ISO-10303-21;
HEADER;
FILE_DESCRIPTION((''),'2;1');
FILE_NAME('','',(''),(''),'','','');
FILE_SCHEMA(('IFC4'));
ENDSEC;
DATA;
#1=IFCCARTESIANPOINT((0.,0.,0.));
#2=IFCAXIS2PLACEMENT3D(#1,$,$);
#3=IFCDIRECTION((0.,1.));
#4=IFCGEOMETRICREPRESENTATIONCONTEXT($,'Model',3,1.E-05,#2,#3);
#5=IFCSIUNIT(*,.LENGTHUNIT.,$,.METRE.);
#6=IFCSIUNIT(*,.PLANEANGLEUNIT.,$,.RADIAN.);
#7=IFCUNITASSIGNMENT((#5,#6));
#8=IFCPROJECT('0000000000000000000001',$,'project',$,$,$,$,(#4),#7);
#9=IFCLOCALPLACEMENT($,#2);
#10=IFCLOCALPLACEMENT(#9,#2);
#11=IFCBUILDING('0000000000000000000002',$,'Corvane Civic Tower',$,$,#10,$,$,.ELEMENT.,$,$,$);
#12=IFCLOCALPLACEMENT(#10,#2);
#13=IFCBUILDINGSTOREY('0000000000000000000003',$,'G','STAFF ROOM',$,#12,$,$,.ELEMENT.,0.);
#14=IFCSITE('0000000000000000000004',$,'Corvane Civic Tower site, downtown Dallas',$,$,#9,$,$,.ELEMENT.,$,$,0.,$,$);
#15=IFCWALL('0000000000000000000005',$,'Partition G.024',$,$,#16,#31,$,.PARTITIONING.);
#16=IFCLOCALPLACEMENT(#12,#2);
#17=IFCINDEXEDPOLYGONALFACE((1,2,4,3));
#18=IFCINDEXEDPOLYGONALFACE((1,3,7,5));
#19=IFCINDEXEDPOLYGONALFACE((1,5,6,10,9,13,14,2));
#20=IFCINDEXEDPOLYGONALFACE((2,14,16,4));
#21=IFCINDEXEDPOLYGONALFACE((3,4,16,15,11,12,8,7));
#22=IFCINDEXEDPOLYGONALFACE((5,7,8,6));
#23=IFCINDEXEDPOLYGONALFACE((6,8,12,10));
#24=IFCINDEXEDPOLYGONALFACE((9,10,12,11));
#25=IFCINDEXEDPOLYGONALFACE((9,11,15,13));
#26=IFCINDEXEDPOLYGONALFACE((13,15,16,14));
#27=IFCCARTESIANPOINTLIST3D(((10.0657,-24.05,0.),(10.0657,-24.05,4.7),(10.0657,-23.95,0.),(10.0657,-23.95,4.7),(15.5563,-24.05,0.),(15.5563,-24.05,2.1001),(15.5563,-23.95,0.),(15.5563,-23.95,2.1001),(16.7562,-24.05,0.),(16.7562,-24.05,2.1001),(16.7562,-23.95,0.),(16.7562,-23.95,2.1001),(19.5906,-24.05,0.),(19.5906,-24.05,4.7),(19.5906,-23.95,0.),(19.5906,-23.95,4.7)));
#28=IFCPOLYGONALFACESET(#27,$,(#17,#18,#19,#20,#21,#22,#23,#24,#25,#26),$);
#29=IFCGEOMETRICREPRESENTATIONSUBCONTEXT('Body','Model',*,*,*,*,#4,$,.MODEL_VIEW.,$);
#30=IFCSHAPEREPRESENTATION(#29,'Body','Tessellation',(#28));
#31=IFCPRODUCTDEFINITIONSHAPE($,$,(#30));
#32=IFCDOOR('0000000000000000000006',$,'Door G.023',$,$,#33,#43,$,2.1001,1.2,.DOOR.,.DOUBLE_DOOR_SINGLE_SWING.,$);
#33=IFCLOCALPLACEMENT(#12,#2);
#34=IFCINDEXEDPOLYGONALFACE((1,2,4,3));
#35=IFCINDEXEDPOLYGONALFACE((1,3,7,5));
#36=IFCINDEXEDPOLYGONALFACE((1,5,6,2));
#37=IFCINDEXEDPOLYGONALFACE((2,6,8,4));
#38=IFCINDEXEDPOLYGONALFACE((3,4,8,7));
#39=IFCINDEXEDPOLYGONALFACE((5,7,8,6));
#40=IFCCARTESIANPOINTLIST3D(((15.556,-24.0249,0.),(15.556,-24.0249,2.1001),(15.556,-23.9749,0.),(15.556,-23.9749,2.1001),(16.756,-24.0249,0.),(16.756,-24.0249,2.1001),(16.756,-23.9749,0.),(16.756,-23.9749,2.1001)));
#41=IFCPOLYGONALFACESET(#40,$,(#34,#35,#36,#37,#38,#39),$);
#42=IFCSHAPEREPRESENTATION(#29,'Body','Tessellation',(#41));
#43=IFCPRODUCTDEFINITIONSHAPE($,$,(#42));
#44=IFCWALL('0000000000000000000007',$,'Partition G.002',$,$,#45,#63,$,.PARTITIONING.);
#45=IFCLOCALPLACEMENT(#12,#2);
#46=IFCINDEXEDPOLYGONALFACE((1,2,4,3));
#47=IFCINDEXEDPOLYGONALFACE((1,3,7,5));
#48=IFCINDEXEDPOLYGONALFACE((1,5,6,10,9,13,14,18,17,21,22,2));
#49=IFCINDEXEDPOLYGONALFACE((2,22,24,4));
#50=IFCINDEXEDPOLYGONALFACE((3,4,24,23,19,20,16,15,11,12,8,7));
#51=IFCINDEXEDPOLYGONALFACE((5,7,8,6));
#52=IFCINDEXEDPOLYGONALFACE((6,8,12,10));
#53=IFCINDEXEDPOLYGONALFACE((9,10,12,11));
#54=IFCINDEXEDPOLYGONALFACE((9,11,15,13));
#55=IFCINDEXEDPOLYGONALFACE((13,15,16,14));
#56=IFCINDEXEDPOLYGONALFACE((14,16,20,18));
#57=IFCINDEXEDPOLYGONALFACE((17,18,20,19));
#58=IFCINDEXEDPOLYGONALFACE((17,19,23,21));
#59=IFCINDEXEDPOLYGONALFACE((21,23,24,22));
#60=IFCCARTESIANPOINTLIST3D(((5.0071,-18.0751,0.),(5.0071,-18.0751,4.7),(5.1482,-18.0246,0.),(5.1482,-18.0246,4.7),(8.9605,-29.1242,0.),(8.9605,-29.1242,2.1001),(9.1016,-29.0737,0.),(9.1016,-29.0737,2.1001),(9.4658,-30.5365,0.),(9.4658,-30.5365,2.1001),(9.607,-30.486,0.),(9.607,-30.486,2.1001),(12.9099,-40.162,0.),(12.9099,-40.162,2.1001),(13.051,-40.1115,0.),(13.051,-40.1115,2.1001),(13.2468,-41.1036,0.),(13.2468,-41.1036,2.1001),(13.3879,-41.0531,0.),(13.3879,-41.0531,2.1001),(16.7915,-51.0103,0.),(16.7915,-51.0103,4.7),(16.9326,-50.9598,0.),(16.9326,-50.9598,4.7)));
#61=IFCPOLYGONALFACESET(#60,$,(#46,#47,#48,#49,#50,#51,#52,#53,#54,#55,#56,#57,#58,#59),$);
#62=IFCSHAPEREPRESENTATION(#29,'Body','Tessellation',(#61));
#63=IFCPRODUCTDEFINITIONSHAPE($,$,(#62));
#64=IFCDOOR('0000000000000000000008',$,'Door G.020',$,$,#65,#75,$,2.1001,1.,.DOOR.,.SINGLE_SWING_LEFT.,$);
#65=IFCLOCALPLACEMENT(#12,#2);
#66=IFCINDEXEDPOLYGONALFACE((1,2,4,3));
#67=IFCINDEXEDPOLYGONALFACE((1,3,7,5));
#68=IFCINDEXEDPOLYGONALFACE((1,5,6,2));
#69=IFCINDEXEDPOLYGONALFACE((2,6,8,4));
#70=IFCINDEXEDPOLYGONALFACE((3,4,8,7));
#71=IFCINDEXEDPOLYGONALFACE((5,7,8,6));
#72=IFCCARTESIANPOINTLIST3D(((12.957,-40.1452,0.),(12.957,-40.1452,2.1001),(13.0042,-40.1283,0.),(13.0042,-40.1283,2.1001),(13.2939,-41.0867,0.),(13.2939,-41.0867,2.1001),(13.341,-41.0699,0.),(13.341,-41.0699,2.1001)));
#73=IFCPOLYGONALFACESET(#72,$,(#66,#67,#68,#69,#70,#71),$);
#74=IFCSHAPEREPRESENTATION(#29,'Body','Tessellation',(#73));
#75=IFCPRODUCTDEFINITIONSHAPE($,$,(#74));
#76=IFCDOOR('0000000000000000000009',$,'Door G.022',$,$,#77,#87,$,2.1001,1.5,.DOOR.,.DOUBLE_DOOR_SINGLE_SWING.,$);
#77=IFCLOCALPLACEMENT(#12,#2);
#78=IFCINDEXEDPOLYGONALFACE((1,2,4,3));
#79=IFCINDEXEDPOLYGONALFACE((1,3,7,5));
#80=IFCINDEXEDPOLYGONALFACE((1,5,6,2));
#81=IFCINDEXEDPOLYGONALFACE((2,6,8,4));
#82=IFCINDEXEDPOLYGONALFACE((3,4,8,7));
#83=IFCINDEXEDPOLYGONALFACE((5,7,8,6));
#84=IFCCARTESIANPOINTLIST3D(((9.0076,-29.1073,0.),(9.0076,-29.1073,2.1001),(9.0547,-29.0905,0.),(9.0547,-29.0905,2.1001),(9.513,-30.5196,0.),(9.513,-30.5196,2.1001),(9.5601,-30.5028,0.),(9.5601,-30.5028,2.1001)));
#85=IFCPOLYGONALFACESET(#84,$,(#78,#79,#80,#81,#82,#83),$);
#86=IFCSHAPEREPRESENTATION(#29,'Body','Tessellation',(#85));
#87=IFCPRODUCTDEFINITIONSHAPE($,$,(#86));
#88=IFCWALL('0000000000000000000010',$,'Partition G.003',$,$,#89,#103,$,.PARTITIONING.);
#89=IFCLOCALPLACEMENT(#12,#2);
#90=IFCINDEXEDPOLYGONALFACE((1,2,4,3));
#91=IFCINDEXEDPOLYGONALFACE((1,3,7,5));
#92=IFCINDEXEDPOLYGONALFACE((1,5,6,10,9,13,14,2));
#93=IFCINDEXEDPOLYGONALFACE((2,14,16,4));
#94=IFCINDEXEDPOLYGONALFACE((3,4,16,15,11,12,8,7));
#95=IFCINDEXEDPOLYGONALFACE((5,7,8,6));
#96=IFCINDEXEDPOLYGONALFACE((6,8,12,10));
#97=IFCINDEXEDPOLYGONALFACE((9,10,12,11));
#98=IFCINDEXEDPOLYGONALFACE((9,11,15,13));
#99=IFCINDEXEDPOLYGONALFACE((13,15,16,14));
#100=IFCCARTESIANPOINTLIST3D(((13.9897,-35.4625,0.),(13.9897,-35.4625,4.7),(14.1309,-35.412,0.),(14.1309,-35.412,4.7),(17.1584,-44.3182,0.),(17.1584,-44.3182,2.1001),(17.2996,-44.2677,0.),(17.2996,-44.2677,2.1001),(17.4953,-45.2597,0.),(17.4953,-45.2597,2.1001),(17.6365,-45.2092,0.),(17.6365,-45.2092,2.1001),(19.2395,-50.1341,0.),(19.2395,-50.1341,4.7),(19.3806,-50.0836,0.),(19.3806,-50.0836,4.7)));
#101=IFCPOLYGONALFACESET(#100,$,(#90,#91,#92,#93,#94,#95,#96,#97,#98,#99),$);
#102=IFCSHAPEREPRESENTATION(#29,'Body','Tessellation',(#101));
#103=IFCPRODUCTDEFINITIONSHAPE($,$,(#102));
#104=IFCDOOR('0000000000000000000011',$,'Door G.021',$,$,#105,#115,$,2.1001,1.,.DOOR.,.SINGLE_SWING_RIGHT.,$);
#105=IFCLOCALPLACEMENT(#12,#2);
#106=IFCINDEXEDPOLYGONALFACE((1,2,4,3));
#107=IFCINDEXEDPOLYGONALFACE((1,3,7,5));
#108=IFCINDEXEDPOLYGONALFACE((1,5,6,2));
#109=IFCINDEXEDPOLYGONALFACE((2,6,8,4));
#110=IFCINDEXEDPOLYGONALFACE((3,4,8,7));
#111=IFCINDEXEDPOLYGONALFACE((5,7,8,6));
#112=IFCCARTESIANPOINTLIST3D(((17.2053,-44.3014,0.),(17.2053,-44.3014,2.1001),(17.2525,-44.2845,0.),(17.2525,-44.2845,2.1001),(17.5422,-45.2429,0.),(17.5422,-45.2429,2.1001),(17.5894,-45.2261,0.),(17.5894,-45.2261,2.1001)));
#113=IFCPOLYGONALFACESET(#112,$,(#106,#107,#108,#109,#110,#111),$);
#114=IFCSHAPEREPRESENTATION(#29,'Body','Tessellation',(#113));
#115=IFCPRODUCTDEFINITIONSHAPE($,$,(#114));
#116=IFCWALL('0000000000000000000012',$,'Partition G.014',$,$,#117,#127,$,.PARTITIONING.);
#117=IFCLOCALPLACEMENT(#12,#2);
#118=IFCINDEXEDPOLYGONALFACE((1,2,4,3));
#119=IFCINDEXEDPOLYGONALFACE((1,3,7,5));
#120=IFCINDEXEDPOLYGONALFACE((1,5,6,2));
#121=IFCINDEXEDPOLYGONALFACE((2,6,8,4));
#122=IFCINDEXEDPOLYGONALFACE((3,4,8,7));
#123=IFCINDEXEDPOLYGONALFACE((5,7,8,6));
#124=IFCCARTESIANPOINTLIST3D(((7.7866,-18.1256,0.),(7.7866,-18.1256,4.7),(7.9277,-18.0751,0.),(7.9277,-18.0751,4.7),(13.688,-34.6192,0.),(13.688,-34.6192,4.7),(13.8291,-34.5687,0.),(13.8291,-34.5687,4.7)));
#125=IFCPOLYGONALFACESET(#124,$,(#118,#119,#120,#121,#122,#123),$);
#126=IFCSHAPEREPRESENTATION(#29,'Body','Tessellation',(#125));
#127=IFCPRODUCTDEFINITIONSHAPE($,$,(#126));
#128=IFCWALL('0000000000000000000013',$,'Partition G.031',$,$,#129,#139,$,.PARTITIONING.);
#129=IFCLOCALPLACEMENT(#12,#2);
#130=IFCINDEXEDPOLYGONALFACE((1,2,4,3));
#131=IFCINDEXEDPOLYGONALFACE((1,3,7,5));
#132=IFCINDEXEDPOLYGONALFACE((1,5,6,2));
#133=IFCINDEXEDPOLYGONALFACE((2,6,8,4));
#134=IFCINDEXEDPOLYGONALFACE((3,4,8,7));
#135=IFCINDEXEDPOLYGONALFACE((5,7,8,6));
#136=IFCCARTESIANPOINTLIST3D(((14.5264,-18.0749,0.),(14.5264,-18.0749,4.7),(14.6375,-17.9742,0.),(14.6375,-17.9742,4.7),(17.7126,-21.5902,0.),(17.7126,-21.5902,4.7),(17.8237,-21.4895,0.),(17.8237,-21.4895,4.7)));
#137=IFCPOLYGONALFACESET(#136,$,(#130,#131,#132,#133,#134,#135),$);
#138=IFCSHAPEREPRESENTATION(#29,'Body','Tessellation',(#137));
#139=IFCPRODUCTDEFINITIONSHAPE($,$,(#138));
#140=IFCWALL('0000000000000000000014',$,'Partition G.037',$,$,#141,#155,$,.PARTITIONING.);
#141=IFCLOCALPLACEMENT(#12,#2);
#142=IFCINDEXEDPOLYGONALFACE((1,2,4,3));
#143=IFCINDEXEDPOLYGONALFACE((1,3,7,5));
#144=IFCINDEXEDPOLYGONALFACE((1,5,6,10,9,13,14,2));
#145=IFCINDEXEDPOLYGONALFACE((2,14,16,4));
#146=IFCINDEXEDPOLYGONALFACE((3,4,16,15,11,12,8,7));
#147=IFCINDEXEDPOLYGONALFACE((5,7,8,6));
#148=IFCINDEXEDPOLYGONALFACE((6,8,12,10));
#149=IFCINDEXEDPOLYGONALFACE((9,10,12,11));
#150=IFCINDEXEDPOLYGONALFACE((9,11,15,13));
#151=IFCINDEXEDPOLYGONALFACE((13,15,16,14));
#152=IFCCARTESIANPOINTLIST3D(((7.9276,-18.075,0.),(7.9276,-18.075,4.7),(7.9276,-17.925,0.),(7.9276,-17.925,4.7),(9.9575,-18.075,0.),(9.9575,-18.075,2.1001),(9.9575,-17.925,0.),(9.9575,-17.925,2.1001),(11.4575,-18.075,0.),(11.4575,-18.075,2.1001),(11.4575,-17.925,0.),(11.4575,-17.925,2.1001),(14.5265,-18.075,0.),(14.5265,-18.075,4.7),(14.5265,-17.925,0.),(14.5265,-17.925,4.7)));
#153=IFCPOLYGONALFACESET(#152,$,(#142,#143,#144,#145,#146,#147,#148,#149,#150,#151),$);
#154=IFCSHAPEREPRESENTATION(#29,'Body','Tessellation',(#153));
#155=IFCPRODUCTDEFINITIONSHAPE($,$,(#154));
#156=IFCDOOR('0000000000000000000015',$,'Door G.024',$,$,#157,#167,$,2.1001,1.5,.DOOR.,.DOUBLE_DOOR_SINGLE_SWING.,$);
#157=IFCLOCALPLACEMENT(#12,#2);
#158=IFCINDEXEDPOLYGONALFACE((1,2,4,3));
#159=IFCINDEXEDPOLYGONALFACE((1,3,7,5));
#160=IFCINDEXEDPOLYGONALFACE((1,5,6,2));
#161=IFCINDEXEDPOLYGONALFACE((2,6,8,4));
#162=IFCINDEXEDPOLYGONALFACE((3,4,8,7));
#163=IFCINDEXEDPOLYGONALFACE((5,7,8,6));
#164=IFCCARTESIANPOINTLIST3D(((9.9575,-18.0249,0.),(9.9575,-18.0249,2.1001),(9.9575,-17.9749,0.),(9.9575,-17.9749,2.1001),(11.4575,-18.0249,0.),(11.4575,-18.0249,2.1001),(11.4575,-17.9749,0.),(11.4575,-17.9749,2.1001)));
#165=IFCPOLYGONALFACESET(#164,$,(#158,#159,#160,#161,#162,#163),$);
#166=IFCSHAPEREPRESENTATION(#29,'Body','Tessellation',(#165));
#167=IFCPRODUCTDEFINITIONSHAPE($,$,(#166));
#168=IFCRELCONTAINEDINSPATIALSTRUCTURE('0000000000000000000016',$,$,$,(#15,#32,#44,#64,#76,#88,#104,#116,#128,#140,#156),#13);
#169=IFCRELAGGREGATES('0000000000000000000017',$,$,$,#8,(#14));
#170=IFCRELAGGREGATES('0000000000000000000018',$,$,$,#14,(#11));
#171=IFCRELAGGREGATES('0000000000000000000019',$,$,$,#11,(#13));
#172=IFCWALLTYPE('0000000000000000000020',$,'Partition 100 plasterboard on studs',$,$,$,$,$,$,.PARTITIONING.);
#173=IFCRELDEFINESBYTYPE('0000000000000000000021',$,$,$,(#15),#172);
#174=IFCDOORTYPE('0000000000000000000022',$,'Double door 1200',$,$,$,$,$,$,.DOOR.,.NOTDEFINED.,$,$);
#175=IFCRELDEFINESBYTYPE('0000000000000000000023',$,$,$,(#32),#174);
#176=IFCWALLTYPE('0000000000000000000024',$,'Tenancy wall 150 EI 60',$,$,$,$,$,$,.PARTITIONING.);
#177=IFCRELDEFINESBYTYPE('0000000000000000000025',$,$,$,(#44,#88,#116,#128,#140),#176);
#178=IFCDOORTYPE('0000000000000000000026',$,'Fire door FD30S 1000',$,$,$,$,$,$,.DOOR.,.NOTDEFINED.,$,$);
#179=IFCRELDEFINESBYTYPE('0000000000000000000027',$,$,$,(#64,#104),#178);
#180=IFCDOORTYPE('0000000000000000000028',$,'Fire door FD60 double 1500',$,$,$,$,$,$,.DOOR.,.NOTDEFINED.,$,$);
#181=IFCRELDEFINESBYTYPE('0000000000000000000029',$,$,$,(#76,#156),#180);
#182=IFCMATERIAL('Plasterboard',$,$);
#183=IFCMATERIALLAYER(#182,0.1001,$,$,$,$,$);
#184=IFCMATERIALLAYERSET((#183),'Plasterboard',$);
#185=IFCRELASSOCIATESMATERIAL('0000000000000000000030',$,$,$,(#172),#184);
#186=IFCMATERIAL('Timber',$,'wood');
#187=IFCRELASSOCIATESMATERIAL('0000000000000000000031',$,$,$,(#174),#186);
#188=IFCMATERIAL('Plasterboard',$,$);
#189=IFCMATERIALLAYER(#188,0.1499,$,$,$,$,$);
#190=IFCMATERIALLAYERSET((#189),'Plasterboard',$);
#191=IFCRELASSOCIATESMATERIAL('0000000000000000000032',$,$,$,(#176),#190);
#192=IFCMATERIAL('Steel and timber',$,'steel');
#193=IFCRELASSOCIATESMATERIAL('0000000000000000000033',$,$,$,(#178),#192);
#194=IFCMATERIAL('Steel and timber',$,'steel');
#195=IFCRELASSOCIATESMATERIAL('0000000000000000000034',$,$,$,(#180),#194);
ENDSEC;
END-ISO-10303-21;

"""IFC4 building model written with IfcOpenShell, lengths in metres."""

from ifc_helpers import new_model, si_unit, direction, frame, frame_2d, origin, place, context, subcontext, project, spatial, rectangle, extrude, material, layer, layer_set, type_object, element, fill, save


model = new_model("IFC4")

# Units and contexts
model_context = context("Model", 3, precision=1e-05, world=origin(), true_north=direction((0.0, 1.0)))
body_context = subcontext(model_context, "Body", "Model", "MODEL_VIEW")
ifc_project = project(units=[si_unit("LENGTHUNIT", "METRE"), si_unit("PLANEANGLEUNIT", "RADIAN")], contexts=[model_context])

# Site, building, storey
site_placement = place(None, origin())
site = spatial("IfcSite", under=ifc_project, at=site_placement, Name="Corvane Civic Tower site, downtown Dallas", CompositionType="ELEMENT", RefElevation=0.0)
building_placement = place(site_placement, origin())
building = spatial("IfcBuilding", under=site, at=building_placement, Name="Corvane Civic Tower", CompositionType="ELEMENT")
storey_placement = place(building_placement, origin())
storey = spatial("IfcBuildingStorey", under=building, at=storey_placement, Name="G", Description="STAFF ROOM", CompositionType="ELEMENT", Elevation=0.0)

# Shared definitions
ifc_material_1 = material(Name="Plasterboard")
ifc_layer_1 = layer(ifc_material_1, 0.1001)
ifc_layer_set_1 = layer_set([ifc_layer_1], Name="Plasterboard")
wall_type_1 = type_object("IfcWallType", Name="Partition 100 plasterboard on studs", PredefinedType="PARTITIONING", material=ifc_layer_set_1)

# Wall, opening, door
wall_1_placement = place(storey_placement, frame((10.0657, -24.0, 0.0), z_axis=(0.0, 0.0, 1.0), x_axis=(1.0, 0.0, 0.0)))
wall_1 = element("IfcWall", 1, at=wall_1_placement, inside=storey, type_object=wall_type_1, Name="Partition G.024", PredefinedType="PARTITIONING", context=body_context, shape_type="SweptSolid", body=[
    extrude(rectangle(XDim=9.5249, YDim=0.1001, at=frame_2d((4.7625, 0.0))), origin(), (0.0, 0.0, 1.0), 4.7),
])
opening_1_placement = place(wall_1_placement, frame((5.4905, 0.0, 0.0)))
opening_1 = element("IfcOpeningElement", 2, at=opening_1_placement, cuts=wall_1, PredefinedType="OPENING", context=body_context, shape_type="SweptSolid", body=[
    extrude(rectangle(XDim=1.2, YDim=2.1001, at=frame_2d((0.6001, 1.05))), frame((0.0, 0.0601, 0.0), z_axis=(0.0, -1.0, 0.0), x_axis=(1.0, 0.0, 0.0)), (0.0, 0.0, 1.0), 0.1201),
])
ifc_material_2 = material(Name="Timber", Category="wood")
door_type_1 = type_object("IfcDoorType", Name="Double door 1200", OperationType="NOTDEFINED", PredefinedType="DOOR", material=ifc_material_2)
door_1_placement = place(opening_1_placement, frame((1.2, 0.0, 0.0), z_axis=(0.0, 0.0, 1.0), x_axis=(-1.0, 0.0, 0.0)))
door_1 = element("IfcDoor", 3, at=door_1_placement, inside=storey, type_object=door_type_1, Name="Door G.023", OperationType="DOUBLE_DOOR_SINGLE_SWING", OverallHeight=2.1001, OverallWidth=1.2, PredefinedType="DOOR", context=body_context, shape_type="SweptSolid", body=[
    extrude(rectangle(XDim=1.2, YDim=2.1001, at=frame_2d((0.6001, 1.05))), frame((0.0, 0.0249, 0.0), z_axis=(0.0, -1.0, 0.0), x_axis=(1.0, 0.0, 0.0)), (0.0, 0.0, 1.0), 0.05),
])
fill(opening_1, door_1)

# Wall, openings, doors
ifc_material_3 = material(Name="Plasterboard")
ifc_layer_2 = layer(ifc_material_3, 0.1499)
ifc_layer_set_2 = layer_set([ifc_layer_2], Name="Plasterboard")
wall_type_2 = type_object("IfcWallType", Name="Tenancy wall 150 EI 60", PredefinedType="PARTITIONING", material=ifc_layer_set_2)
wall_2_placement = place(storey_placement, frame((5.0776, -18.0498, 0.0), z_axis=(0.0, 0.0, 1.0), x_axis=(0.336889, -0.941544, 0.0)))
wall_2 = element("IfcWall", 4, at=wall_2_placement, inside=storey, type_object=wall_type_2, Name="Partition G.002", PredefinedType="PARTITIONING", context=body_context, shape_type="SweptSolid", body=[
    extrude(rectangle(XDim=34.98, YDim=0.1499, at=frame_2d((17.49, 0.0))), origin(), (0.0, 0.0, 1.0), 4.7),
])
opening_2_placement = place(wall_2_placement, frame((23.4583, 0.0, 0.0)))
opening_2 = element("IfcOpeningElement", 5, at=opening_2_placement, cuts=wall_2, PredefinedType="OPENING", context=body_context, shape_type="SweptSolid", body=[
    extrude(rectangle(XDim=1.0, YDim=2.1001, at=frame_2d((0.5, 1.05))), frame((0.0, 0.085, 0.0), z_axis=(0.0, -1.0, 0.0), x_axis=(1.0, 0.0, 0.0)), (0.0, 0.0, 1.0), 0.1699),
])
opening_3_placement = place(wall_2_placement, frame((11.7351, 0.0, 0.0)))
opening_3 = element("IfcOpeningElement", 6, at=opening_3_placement, cuts=wall_2, PredefinedType="OPENING", context=body_context, shape_type="SweptSolid", body=[
    extrude(rectangle(XDim=1.5, YDim=2.1001, at=frame_2d((0.75, 1.05))), frame((0.0, 0.085, 0.0), z_axis=(0.0, -1.0, 0.0), x_axis=(1.0, 0.0, 0.0)), (0.0, 0.0, 1.0), 0.1699),
])
ifc_material_4 = material(Name="Steel and timber", Category="steel")
door_type_2 = type_object("IfcDoorType", Name="Fire door FD30S 1000", OperationType="NOTDEFINED", PredefinedType="DOOR", material=ifc_material_4)
door_2_placement = place(opening_2_placement, frame((1.0, 0.0, 0.0), z_axis=(0.0, 0.0, 1.0), x_axis=(-1.0, 0.0, 0.0)))
door_2 = element("IfcDoor", 7, at=door_2_placement, inside=storey, type_object=door_type_2, Name="Door G.020", OperationType="SINGLE_SWING_LEFT", OverallHeight=2.1001, OverallWidth=1.0, PredefinedType="DOOR", context=body_context, shape_type="SweptSolid", body=[
    extrude(rectangle(XDim=1.0, YDim=2.1001, at=frame_2d((0.5, 1.05))), frame((0.0, 0.0249, 0.0), z_axis=(0.0, -1.0, 0.0), x_axis=(1.0, 0.0, 0.0)), (0.0, 0.0, 1.0), 0.05),
])
fill(opening_2, door_2)
ifc_material_5 = material(Name="Steel and timber", Category="steel")
door_type_3 = type_object("IfcDoorType", Name="Fire door FD60 double 1500", OperationType="NOTDEFINED", PredefinedType="DOOR", material=ifc_material_5)
door_3_placement = place(opening_3_placement, frame((1.5, 0.0, 0.0), z_axis=(0.0, 0.0, 1.0), x_axis=(-1.0, 0.0, 0.0)))
door_3 = element("IfcDoor", 8, at=door_3_placement, inside=storey, type_object=door_type_3, Name="Door G.022", OperationType="DOUBLE_DOOR_SINGLE_SWING", OverallHeight=2.1001, OverallWidth=1.5, PredefinedType="DOOR", context=body_context, shape_type="SweptSolid", body=[
    extrude(rectangle(XDim=1.5, YDim=2.1001, at=frame_2d((0.75, 1.05))), frame((0.0, 0.0249, 0.0), z_axis=(0.0, -1.0, 0.0), x_axis=(1.0, 0.0, 0.0)), (0.0, 0.0, 1.0), 0.05),
])
fill(opening_3, door_3)

# Wall, opening, door
wall_3_placement = place(storey_placement, frame((14.0603, -35.4373, 0.0), z_axis=(0.0, 0.0, 1.0), x_axis=(0.336899, -0.941541, 0.0)))
wall_3 = element("IfcWall", 9, at=wall_3_placement, inside=storey, type_object=wall_type_2, Name="Partition G.003", PredefinedType="PARTITIONING", context=body_context, shape_type="SweptSolid", body=[
    extrude(rectangle(XDim=15.5825, YDim=0.1499, at=frame_2d((7.7913, 0.0))), origin(), (0.0, 0.0, 1.0), 4.7),
])
opening_4_placement = place(wall_3_placement, frame((9.4055, 0.0, 0.0)))
opening_4 = element("IfcOpeningElement", 10, at=opening_4_placement, cuts=wall_3, PredefinedType="OPENING", context=body_context, shape_type="SweptSolid", body=[
    extrude(rectangle(XDim=1.0, YDim=2.1001, at=frame_2d((0.5, 1.05))), frame((0.0, 0.085, 0.0), z_axis=(0.0, -1.0, 0.0), x_axis=(1.0, 0.0, 0.0)), (0.0, 0.0, 1.0), 0.1699),
])
door_4_placement = place(opening_4_placement, origin())
door_4 = element("IfcDoor", 11, at=door_4_placement, inside=storey, type_object=door_type_2, Name="Door G.021", OperationType="SINGLE_SWING_RIGHT", OverallHeight=2.1001, OverallWidth=1.0, PredefinedType="DOOR", context=body_context, shape_type="SweptSolid", body=[
    extrude(rectangle(XDim=1.0, YDim=2.1001, at=frame_2d((0.5, 1.05))), frame((0.0, 0.0249, 0.0), z_axis=(0.0, -1.0, 0.0), x_axis=(1.0, 0.0, 0.0)), (0.0, 0.0, 1.0), 0.05),
])
fill(opening_4, door_4)

# Walls
wall_4_placement = place(storey_placement, frame((7.8572, -18.1003, 0.0), z_axis=(0.0, 0.0, 1.0), x_axis=(0.336882, -0.941547, 0.0)))
element("IfcWall", 12, at=wall_4_placement, inside=storey, type_object=wall_type_2, Name="Partition G.014", PredefinedType="PARTITIONING", context=body_context, shape_type="SweptSolid", body=[
    extrude(rectangle(XDim=17.5176, YDim=0.1499, at=frame_2d((8.7588, 0.0))), origin(), (0.0, 0.0, 1.0), 4.7),
])
wall_5_placement = place(storey_placement, frame((14.582, -18.0247, 0.0), z_axis=(0.0, 0.0, 1.0), x_axis=(0.671573, -0.740938, 0.0)))
element("IfcWall", 13, at=wall_5_placement, inside=storey, type_object=wall_type_2, Name="Partition G.031", PredefinedType="PARTITIONING", context=body_context, shape_type="SweptSolid", body=[
    extrude(rectangle(XDim=4.7444, YDim=0.1499, at=frame_2d((2.3721, 0.0))), origin(), (0.0, 0.0, 1.0), 4.7),
])

# Wall, opening, door
wall_6_placement = place(storey_placement, frame((7.9277, -18.0, 0.0), z_axis=(0.0, 0.0, 1.0), x_axis=(1.0, 0.0, 0.0)))
wall_6 = element("IfcWall", 14, at=wall_6_placement, inside=storey, type_object=wall_type_2, Name="Partition G.037", PredefinedType="PARTITIONING", context=body_context, shape_type="SweptSolid", body=[
    extrude(rectangle(XDim=6.5989, YDim=0.1499, at=frame_2d((3.2993, 0.0))), origin(), (0.0, 0.0, 1.0), 4.7),
])
opening_5_placement = place(wall_6_placement, frame((2.0298, 0.0, 0.0)))
opening_5 = element("IfcOpeningElement", 15, at=opening_5_placement, cuts=wall_6, PredefinedType="OPENING", context=body_context, shape_type="SweptSolid", body=[
    extrude(rectangle(XDim=1.5, YDim=2.1001, at=frame_2d((0.75, 1.05))), frame((0.0, 0.085, 0.0), z_axis=(0.0, -1.0, 0.0), x_axis=(1.0, 0.0, 0.0)), (0.0, 0.0, 1.0), 0.1699),
])
door_5_placement = place(opening_5_placement, frame((1.5, 0.0, 0.0), z_axis=(0.0, 0.0, 1.0), x_axis=(-1.0, 0.0, 0.0)))
door_5 = element("IfcDoor", 16, at=door_5_placement, inside=storey, type_object=door_type_3, Name="Door G.024", OperationType="DOUBLE_DOOR_SINGLE_SWING", OverallHeight=2.1001, OverallWidth=1.5, PredefinedType="DOOR", context=body_context, shape_type="SweptSolid", body=[
    extrude(rectangle(XDim=1.5, YDim=2.1001, at=frame_2d((0.75, 1.05))), frame((0.0, 0.0249, 0.0), z_axis=(0.0, -1.0, 0.0), x_axis=(1.0, 0.0, 0.0)), (0.0, 0.0, 1.0), 0.05),
])
fill(opening_5, door_5)

save(model, "model.ifc")
